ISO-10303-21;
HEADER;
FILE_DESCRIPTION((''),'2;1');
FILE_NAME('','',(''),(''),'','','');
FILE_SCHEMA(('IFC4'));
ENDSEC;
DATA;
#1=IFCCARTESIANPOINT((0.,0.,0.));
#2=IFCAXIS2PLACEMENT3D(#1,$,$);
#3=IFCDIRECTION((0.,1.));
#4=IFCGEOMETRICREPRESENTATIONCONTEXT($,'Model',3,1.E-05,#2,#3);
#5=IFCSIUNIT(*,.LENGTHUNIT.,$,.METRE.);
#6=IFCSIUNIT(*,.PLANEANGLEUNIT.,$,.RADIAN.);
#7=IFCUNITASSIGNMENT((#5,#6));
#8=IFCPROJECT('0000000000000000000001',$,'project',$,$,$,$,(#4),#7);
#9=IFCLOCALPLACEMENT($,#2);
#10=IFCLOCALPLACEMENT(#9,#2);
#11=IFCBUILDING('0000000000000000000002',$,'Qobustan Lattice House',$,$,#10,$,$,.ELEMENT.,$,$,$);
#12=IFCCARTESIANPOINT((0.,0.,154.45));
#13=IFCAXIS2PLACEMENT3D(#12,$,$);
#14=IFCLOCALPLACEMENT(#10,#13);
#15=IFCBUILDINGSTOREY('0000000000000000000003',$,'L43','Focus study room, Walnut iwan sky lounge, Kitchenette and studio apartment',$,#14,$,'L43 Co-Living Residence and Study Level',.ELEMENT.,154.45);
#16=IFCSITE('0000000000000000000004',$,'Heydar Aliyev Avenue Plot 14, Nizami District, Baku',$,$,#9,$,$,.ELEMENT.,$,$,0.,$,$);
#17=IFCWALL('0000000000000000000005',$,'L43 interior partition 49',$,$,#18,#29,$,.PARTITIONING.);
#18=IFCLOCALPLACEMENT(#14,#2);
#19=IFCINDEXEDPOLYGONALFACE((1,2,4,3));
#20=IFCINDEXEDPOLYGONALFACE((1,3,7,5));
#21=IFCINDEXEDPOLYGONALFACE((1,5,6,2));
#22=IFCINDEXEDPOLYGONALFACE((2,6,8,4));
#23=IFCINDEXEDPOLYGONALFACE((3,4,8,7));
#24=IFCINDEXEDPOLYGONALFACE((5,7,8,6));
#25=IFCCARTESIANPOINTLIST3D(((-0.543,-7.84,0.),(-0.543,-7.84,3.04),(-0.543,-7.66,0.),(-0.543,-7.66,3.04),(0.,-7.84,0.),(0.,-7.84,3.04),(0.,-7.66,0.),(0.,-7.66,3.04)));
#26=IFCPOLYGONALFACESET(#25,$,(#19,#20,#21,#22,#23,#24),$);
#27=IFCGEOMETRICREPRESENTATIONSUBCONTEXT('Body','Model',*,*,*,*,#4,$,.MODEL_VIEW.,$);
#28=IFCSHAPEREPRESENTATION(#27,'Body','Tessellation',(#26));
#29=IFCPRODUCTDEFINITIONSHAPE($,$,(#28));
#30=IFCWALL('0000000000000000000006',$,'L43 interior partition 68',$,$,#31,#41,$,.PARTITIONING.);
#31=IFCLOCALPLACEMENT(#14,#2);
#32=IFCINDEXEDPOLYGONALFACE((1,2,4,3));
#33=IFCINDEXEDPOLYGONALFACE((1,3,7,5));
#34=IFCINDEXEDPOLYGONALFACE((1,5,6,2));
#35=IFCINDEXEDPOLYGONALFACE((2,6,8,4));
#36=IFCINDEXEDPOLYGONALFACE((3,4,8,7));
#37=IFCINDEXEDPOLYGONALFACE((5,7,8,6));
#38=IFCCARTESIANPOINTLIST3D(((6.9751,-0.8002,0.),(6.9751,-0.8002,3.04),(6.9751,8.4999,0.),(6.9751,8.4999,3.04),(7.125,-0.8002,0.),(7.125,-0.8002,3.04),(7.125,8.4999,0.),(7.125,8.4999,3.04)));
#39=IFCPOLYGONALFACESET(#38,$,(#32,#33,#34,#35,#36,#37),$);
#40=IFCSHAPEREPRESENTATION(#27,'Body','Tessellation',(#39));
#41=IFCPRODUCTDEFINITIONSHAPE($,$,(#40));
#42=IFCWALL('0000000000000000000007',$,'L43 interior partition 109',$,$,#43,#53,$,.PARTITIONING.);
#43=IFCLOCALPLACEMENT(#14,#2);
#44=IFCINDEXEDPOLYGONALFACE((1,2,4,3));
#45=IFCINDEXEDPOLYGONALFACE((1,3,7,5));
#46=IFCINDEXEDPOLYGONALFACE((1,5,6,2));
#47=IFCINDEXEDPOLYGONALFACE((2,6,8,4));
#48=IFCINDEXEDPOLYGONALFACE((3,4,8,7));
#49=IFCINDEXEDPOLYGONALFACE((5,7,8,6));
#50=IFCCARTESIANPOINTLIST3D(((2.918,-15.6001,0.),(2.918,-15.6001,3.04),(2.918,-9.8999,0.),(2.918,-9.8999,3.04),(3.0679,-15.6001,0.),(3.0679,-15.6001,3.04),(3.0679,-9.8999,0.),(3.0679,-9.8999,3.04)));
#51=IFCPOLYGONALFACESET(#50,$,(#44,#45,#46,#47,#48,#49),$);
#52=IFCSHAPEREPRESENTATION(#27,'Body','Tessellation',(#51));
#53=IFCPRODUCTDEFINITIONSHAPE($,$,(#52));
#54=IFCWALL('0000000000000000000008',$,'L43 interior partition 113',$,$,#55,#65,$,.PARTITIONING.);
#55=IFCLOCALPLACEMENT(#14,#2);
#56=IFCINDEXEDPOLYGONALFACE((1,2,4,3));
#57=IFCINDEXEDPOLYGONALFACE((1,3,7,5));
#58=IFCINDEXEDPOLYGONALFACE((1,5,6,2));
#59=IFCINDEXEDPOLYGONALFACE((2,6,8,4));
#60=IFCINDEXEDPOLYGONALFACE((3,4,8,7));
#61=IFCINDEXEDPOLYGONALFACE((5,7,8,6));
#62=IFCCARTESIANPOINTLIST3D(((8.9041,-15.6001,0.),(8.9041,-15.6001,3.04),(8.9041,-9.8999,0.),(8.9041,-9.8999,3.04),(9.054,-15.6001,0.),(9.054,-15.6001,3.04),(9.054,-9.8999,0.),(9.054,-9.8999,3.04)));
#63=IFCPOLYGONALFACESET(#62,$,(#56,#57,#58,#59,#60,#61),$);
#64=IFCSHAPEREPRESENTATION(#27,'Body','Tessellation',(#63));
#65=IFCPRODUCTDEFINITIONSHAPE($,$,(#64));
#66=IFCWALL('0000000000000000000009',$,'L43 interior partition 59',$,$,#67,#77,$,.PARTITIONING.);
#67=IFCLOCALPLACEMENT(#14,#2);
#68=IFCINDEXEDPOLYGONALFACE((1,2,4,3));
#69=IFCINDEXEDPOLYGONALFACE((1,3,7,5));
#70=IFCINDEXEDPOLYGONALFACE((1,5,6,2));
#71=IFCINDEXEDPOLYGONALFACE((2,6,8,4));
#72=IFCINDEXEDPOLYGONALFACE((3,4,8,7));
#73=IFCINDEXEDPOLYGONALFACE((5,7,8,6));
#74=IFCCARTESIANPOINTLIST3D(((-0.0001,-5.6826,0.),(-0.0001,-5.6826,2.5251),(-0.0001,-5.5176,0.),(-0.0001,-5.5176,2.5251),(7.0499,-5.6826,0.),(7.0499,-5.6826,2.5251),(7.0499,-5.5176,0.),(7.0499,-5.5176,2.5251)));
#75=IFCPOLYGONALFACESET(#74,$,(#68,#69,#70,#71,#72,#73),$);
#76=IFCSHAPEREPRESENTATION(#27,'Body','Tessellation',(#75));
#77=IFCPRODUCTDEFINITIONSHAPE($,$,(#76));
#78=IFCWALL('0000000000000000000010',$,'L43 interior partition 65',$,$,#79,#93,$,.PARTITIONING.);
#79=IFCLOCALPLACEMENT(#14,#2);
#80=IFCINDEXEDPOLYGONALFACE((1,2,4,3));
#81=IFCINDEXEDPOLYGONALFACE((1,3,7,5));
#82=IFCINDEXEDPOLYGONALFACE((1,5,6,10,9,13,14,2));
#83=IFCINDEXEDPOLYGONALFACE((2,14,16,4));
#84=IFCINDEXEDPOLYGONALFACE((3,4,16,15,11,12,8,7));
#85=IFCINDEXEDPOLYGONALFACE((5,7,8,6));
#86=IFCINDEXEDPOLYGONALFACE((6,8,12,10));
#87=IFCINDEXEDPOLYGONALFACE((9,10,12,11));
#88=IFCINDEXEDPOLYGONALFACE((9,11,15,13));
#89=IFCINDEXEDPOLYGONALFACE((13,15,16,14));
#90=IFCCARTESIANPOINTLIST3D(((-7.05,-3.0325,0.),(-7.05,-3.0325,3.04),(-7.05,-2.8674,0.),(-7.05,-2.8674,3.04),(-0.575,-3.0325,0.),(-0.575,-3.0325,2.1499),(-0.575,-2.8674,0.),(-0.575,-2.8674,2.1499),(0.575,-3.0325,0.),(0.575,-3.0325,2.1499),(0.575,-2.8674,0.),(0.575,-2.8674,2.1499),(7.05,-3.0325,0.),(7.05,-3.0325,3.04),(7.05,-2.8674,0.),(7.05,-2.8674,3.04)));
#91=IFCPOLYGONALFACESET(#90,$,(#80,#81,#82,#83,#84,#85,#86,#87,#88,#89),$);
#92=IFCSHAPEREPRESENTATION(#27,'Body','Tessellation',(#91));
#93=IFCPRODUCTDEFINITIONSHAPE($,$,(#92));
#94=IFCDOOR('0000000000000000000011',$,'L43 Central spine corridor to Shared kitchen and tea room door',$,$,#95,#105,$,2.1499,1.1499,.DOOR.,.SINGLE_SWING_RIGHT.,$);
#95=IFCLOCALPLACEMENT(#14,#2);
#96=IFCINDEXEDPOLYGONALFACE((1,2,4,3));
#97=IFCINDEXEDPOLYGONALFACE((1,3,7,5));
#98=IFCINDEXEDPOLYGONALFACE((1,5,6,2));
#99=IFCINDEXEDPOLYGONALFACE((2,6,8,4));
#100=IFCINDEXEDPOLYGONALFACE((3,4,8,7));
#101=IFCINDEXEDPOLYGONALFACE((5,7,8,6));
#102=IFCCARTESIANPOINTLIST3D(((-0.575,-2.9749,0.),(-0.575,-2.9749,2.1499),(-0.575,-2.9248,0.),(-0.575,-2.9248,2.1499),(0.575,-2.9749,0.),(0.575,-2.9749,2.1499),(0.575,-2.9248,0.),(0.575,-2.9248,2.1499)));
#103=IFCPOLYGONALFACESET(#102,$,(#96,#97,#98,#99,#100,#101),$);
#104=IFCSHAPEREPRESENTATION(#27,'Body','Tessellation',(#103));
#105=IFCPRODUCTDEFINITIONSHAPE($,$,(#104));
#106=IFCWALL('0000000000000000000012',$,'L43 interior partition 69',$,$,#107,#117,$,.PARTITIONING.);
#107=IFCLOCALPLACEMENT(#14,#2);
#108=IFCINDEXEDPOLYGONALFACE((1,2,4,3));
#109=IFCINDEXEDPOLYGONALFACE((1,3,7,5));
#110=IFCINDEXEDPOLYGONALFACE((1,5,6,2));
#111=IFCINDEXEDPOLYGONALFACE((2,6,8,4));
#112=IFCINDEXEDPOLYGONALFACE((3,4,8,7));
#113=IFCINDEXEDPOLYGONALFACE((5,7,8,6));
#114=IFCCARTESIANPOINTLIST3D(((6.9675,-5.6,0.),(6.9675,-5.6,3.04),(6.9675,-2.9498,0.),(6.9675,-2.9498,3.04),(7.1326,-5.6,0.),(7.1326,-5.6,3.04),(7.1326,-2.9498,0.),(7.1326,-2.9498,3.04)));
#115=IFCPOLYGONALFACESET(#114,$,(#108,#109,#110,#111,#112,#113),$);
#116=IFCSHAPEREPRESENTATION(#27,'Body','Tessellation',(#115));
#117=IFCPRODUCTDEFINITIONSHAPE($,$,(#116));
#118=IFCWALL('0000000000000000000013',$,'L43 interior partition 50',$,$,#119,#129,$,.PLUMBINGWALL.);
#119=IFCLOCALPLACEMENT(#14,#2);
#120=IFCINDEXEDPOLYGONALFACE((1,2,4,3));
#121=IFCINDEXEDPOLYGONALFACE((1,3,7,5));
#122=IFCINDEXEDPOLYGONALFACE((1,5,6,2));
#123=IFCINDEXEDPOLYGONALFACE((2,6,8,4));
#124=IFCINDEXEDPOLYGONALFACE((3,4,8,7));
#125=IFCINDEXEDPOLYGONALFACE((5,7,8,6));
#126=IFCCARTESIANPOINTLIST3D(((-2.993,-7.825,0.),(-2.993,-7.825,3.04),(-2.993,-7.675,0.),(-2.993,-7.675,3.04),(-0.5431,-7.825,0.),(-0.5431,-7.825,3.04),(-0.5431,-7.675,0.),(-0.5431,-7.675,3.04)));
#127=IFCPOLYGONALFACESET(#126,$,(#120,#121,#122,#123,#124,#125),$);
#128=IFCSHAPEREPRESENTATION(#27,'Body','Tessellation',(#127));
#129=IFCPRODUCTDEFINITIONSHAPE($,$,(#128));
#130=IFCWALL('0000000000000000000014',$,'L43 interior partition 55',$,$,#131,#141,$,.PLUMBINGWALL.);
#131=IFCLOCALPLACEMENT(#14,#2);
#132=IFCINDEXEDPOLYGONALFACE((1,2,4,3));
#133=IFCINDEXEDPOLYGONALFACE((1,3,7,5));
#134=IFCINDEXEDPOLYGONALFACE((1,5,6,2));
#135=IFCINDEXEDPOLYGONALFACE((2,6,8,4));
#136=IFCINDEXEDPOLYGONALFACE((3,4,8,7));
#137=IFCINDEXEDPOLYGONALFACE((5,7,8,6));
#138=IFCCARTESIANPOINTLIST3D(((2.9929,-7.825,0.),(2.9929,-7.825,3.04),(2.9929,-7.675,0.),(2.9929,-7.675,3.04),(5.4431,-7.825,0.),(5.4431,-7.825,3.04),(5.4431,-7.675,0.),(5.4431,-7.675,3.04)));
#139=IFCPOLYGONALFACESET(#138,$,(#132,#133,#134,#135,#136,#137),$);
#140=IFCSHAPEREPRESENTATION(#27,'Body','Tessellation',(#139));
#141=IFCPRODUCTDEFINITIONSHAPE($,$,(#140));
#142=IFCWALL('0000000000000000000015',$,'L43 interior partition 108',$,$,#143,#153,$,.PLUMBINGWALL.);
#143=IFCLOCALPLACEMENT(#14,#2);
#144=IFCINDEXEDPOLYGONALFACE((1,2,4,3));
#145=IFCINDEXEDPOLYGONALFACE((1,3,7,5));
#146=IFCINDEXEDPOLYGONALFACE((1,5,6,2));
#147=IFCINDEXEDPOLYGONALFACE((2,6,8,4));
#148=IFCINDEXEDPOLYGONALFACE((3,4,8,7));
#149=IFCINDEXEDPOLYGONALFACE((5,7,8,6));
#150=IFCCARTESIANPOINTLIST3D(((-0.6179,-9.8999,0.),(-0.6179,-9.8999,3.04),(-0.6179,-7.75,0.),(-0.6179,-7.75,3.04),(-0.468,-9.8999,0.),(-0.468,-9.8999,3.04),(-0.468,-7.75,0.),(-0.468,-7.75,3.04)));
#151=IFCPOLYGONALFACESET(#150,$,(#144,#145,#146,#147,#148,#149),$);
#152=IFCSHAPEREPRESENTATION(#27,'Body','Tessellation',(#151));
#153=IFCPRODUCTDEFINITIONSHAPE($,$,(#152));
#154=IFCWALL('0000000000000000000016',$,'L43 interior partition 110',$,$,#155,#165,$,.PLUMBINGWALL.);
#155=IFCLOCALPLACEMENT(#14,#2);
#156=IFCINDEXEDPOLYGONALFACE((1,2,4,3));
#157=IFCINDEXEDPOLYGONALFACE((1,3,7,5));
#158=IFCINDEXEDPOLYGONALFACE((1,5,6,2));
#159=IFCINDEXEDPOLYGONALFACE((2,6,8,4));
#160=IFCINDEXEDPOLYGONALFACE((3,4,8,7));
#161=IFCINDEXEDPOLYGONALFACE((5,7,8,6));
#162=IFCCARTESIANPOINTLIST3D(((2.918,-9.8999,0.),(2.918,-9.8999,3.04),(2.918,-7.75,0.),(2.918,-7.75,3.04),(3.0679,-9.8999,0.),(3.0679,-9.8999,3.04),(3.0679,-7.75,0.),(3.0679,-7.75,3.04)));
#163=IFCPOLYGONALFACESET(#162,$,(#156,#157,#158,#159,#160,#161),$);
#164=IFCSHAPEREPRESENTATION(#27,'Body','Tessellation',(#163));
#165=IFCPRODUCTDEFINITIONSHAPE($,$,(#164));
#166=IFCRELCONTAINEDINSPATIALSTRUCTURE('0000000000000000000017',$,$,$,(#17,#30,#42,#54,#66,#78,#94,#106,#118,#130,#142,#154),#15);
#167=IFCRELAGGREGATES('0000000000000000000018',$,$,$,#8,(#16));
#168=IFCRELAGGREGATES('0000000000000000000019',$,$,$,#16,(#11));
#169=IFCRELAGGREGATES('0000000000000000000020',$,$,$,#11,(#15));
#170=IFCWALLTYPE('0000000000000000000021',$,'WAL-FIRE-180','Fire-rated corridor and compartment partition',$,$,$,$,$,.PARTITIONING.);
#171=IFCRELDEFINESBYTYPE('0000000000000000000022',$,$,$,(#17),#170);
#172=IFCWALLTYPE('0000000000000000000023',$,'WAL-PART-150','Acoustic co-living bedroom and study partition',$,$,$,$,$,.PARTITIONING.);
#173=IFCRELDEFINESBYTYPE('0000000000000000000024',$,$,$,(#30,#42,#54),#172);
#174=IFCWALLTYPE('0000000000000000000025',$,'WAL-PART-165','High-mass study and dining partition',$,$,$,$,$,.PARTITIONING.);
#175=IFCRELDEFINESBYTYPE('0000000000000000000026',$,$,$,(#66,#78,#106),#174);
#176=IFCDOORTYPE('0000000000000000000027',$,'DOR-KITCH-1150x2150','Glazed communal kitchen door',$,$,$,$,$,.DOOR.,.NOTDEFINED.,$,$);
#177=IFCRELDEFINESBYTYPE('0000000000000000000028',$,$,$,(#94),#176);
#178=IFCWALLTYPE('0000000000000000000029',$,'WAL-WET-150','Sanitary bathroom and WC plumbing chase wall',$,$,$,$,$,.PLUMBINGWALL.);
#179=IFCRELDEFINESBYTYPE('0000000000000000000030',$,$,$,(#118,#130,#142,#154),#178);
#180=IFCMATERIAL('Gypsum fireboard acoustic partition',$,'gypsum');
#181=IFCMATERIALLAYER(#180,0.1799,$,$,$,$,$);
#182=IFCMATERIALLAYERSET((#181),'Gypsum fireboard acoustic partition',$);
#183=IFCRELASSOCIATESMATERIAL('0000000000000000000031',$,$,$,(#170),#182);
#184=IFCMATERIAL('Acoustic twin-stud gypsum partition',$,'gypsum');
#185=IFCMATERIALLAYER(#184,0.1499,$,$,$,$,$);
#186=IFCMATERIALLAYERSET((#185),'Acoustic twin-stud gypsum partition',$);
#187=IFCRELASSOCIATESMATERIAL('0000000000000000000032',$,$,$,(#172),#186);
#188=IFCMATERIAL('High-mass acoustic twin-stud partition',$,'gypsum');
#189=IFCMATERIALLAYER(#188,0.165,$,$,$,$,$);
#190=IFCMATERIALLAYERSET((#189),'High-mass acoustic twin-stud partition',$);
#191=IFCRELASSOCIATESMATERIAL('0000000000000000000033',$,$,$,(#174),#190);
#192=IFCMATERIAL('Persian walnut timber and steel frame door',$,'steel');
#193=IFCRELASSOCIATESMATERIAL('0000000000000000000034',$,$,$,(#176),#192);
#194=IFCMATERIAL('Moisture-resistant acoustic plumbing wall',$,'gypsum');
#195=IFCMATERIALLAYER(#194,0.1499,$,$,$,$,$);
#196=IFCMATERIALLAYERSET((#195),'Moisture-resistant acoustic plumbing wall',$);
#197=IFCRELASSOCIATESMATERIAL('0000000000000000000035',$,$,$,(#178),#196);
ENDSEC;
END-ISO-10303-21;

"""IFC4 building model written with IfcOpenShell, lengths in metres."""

from ifc_helpers import new_model, si_unit, direction, frame, frame_2d, origin, place, context, subcontext, project, spatial, rectangle, extrude, material, layer, layer_set, type_object, element, fill, save


model = new_model("IFC4")

# Units and contexts
model_context = context("Model", 3, precision=1e-05, world=origin(), true_north=direction((0.0, 1.0)))
body_context = subcontext(model_context, "Body", "Model", "MODEL_VIEW")
ifc_project = project(units=[si_unit("LENGTHUNIT", "METRE"), si_unit("PLANEANGLEUNIT", "RADIAN")], contexts=[model_context])

# Site, building, storey
site_placement = place(None, origin())
site = spatial("IfcSite", under=ifc_project, at=site_placement, Name="Heydar Aliyev Avenue Plot 14, Nizami District, Baku", CompositionType="ELEMENT", RefElevation=0.0)
building_placement = place(site_placement, origin())
building = spatial("IfcBuilding", under=site, at=building_placement, Name="Qobustan Lattice House", CompositionType="ELEMENT")
storey_placement = place(building_placement, frame((0.0, 0.0, 154.45)))
storey = spatial("IfcBuildingStorey", under=building, at=storey_placement, Name="L43", Description="Focus study room, Walnut iwan sky lounge, Kitchenette and studio apartment", LongName="L43 Co-Living Residence and Study Level", CompositionType="ELEMENT", Elevation=154.45)

# Wall
ifc_material_1 = material(Name="Gypsum fireboard acoustic partition", Category="gypsum")
ifc_layer_1 = layer(ifc_material_1, 0.1799)
ifc_layer_set_1 = layer_set([ifc_layer_1], Name="Gypsum fireboard acoustic partition")
wall_type_1 = type_object("IfcWallType", Name="WAL-FIRE-180", Description="Fire-rated corridor and compartment partition", PredefinedType="PARTITIONING", material=ifc_layer_set_1)
wall_1_placement = place(storey_placement, frame((0.0, -7.75, 0.0), z_axis=(0.0, 0.0, 1.0), x_axis=(-1.0, 0.0, 0.0)))
element("IfcWall", 1, at=wall_1_placement, inside=storey, type_object=wall_type_1, Name="L43 interior partition 49", PredefinedType="PARTITIONING", context=body_context, shape_type="SweptSolid", body=[
    extrude(rectangle(XDim=0.543, YDim=0.1799, at=frame_2d((0.2715, 0.0))), origin(), (0.0, 0.0, 1.0), 3.04),
])

# Walls
ifc_material_2 = material(Name="Acoustic twin-stud gypsum partition", Category="gypsum")
ifc_layer_2 = layer(ifc_material_2, 0.1499)
ifc_layer_set_2 = layer_set([ifc_layer_2], Name="Acoustic twin-stud gypsum partition")
wall_type_2 = type_object("IfcWallType", Name="WAL-PART-150", Description="Acoustic co-living bedroom and study partition", PredefinedType="PARTITIONING", material=ifc_layer_set_2)
wall_2_placement = place(storey_placement, frame((7.05, -0.8, 0.0), z_axis=(0.0, 0.0, 1.0), x_axis=(0.0, 1.0, 0.0)))
element("IfcWall", 2, at=wall_2_placement, inside=storey, type_object=wall_type_2, Name="L43 interior partition 68", PredefinedType="PARTITIONING", context=body_context, shape_type="SweptSolid", body=[
    extrude(rectangle(XDim=9.3, YDim=0.1499, at=frame_2d((4.6499, 0.0))), origin(), (0.0, 0.0, 1.0), 3.04),
])
for number, where, z_axis, x_axis, name in (
    (3, (2.9929, -9.8999, 0.0), (0.0, 0.0, 1.0), (0.0, -1.0, 0.0), "L43 interior partition 109"),
    (4, (8.979, -9.8999, 0.0), (0.0, 0.0, 1.0), (0.0, -1.0, 0.0), "L43 interior partition 113"),
):
    element("IfcWall", number, at=place(storey_placement, frame(where, z_axis=z_axis, x_axis=x_axis)), inside=storey, type_object=wall_type_2, Name=name, PredefinedType="PARTITIONING", context=body_context, shape_type="SweptSolid", body=[
        extrude(rectangle(XDim=5.7002, YDim=0.1499, at=frame_2d((2.8501, 0.0))), origin(), (0.0, 0.0, 1.0), 3.04),
    ])
ifc_material_3 = material(Name="High-mass acoustic twin-stud partition", Category="gypsum")
ifc_layer_3 = layer(ifc_material_3, 0.165)
ifc_layer_set_3 = layer_set([ifc_layer_3], Name="High-mass acoustic twin-stud partition")
wall_type_3 = type_object("IfcWallType", Name="WAL-PART-165", Description="High-mass study and dining partition", PredefinedType="PARTITIONING", material=ifc_layer_set_3)
wall_3_placement = place(storey_placement, frame((0.0, -5.6001, 0.0), z_axis=(0.0, 0.0, 1.0), x_axis=(1.0, 0.0, 0.0)))
element("IfcWall", 5, at=wall_3_placement, inside=storey, type_object=wall_type_3, Name="L43 interior partition 59", PredefinedType="PARTITIONING", context=body_context, shape_type="SweptSolid", body=[
    extrude(rectangle(XDim=7.05, YDim=0.165, at=frame_2d((3.5249, 0.0))), origin(), (0.0, 0.0, 1.0), 2.5251),
])

# Wall, opening, door
wall_4_placement = place(storey_placement, frame((7.05, -2.95, 0.0), z_axis=(0.0, 0.0, 1.0), x_axis=(-1.0, 0.0, 0.0)))
wall_4 = element("IfcWall", 6, at=wall_4_placement, inside=storey, type_object=wall_type_3, Name="L43 interior partition 65", PredefinedType="PARTITIONING", context=body_context, shape_type="SweptSolid", body=[
    extrude(rectangle(XDim=14.1001, YDim=0.165, at=frame_2d((7.05, 0.0))), origin(), (0.0, 0.0, 1.0), 3.04),
])
opening_1_placement = place(wall_4_placement, frame((6.4751, 0.0, 0.0)))
opening_1 = element("IfcOpeningElement", 7, at=opening_1_placement, cuts=wall_4, PredefinedType="OPENING", context=body_context, shape_type="SweptSolid", body=[
    extrude(rectangle(XDim=1.1499, YDim=2.1499, at=frame_2d((0.575, 1.075))), frame((0.0, 0.0925, 0.0), z_axis=(0.0, -1.0, 0.0), x_axis=(1.0, 0.0, 0.0)), (0.0, 0.0, 1.0), 0.1851),
])
ifc_material_4 = material(Name="Persian walnut timber and steel frame door", Category="steel")
door_type_1 = type_object("IfcDoorType", Name="DOR-KITCH-1150x2150", Description="Glazed communal kitchen door", OperationType="NOTDEFINED", PredefinedType="DOOR", material=ifc_material_4)
door_1_placement = place(opening_1_placement, origin())
door_1 = element("IfcDoor", 8, at=door_1_placement, inside=storey, type_object=door_type_1, Name="L43 Central spine corridor to Shared kitchen and tea room door", OperationType="SINGLE_SWING_RIGHT", OverallHeight=2.1499, OverallWidth=1.1499, PredefinedType="DOOR", context=body_context, shape_type="SweptSolid", body=[
    extrude(rectangle(XDim=1.1499, YDim=2.1499, at=frame_2d((0.575, 1.075))), frame((0.0, 0.0249, 0.0), z_axis=(0.0, -1.0, 0.0), x_axis=(1.0, 0.0, 0.0)), (0.0, 0.0, 1.0), 0.05),
])
fill(opening_1, door_1)

# Walls
wall_5_placement = place(storey_placement, frame((7.05, -5.6001, 0.0), z_axis=(0.0, 0.0, 1.0), x_axis=(0.0, 1.0, 0.0)))
element("IfcWall", 9, at=wall_5_placement, inside=storey, type_object=wall_type_3, Name="L43 interior partition 69", PredefinedType="PARTITIONING", context=body_context, shape_type="SweptSolid", body=[
    extrude(rectangle(XDim=2.6501, YDim=0.165, at=frame_2d((1.3252, 0.0))), origin(), (0.0, 0.0, 1.0), 3.04),
])
ifc_material_5 = material(Name="Moisture-resistant acoustic plumbing wall", Category="gypsum")
ifc_layer_4 = layer(ifc_material_5, 0.1499)
ifc_layer_set_4 = layer_set([ifc_layer_4], Name="Moisture-resistant acoustic plumbing wall")
wall_type_4 = type_object("IfcWallType", Name="WAL-WET-150", Description="Sanitary bathroom and WC plumbing chase wall", PredefinedType="PLUMBINGWALL", material=ifc_layer_set_4)
wall_6_placement = place(storey_placement, frame((-0.543, -7.75, 0.0), z_axis=(0.0, 0.0, 1.0), x_axis=(-1.0, 0.0, 0.0)))
element("IfcWall", 10, at=wall_6_placement, inside=storey, type_object=wall_type_4, Name="L43 interior partition 50", PredefinedType="PLUMBINGWALL", context=body_context, shape_type="SweptSolid", body=[
    extrude(rectangle(XDim=2.45, YDim=0.1499, at=frame_2d((1.2251, 0.0))), origin(), (0.0, 0.0, 1.0), 3.04),
])
wall_7_placement = place(storey_placement, frame((5.4431, -7.75, 0.0), z_axis=(0.0, 0.0, 1.0), x_axis=(-1.0, 0.0, 0.0)))
element("IfcWall", 11, at=wall_7_placement, inside=storey, type_object=wall_type_4, Name="L43 interior partition 55", PredefinedType="PLUMBINGWALL", context=body_context, shape_type="SweptSolid", body=[
    extrude(rectangle(XDim=2.4502, YDim=0.1499, at=frame_2d((1.2251, 0.0))), origin(), (0.0, 0.0, 1.0), 3.04),
])
for number, where, z_axis, x_axis, name in (
    (12, (-0.543, -9.8999, 0.0), (0.0, 0.0, 1.0), (0.0, 1.0, 0.0), "L43 interior partition 108"),
    (13, (2.9929, -7.75, 0.0), (0.0, 0.0, 1.0), (0.0, -1.0, 0.0), "L43 interior partition 110"),
):
    element("IfcWall", number, at=place(storey_placement, frame(where, z_axis=z_axis, x_axis=x_axis)), inside=storey, type_object=wall_type_4, Name=name, PredefinedType="PLUMBINGWALL", context=body_context, shape_type="SweptSolid", body=[
        extrude(rectangle(XDim=2.1499, YDim=0.1499, at=frame_2d((1.075, 0.0))), origin(), (0.0, 0.0, 1.0), 3.04),
    ])

save(model, "model.ifc")
